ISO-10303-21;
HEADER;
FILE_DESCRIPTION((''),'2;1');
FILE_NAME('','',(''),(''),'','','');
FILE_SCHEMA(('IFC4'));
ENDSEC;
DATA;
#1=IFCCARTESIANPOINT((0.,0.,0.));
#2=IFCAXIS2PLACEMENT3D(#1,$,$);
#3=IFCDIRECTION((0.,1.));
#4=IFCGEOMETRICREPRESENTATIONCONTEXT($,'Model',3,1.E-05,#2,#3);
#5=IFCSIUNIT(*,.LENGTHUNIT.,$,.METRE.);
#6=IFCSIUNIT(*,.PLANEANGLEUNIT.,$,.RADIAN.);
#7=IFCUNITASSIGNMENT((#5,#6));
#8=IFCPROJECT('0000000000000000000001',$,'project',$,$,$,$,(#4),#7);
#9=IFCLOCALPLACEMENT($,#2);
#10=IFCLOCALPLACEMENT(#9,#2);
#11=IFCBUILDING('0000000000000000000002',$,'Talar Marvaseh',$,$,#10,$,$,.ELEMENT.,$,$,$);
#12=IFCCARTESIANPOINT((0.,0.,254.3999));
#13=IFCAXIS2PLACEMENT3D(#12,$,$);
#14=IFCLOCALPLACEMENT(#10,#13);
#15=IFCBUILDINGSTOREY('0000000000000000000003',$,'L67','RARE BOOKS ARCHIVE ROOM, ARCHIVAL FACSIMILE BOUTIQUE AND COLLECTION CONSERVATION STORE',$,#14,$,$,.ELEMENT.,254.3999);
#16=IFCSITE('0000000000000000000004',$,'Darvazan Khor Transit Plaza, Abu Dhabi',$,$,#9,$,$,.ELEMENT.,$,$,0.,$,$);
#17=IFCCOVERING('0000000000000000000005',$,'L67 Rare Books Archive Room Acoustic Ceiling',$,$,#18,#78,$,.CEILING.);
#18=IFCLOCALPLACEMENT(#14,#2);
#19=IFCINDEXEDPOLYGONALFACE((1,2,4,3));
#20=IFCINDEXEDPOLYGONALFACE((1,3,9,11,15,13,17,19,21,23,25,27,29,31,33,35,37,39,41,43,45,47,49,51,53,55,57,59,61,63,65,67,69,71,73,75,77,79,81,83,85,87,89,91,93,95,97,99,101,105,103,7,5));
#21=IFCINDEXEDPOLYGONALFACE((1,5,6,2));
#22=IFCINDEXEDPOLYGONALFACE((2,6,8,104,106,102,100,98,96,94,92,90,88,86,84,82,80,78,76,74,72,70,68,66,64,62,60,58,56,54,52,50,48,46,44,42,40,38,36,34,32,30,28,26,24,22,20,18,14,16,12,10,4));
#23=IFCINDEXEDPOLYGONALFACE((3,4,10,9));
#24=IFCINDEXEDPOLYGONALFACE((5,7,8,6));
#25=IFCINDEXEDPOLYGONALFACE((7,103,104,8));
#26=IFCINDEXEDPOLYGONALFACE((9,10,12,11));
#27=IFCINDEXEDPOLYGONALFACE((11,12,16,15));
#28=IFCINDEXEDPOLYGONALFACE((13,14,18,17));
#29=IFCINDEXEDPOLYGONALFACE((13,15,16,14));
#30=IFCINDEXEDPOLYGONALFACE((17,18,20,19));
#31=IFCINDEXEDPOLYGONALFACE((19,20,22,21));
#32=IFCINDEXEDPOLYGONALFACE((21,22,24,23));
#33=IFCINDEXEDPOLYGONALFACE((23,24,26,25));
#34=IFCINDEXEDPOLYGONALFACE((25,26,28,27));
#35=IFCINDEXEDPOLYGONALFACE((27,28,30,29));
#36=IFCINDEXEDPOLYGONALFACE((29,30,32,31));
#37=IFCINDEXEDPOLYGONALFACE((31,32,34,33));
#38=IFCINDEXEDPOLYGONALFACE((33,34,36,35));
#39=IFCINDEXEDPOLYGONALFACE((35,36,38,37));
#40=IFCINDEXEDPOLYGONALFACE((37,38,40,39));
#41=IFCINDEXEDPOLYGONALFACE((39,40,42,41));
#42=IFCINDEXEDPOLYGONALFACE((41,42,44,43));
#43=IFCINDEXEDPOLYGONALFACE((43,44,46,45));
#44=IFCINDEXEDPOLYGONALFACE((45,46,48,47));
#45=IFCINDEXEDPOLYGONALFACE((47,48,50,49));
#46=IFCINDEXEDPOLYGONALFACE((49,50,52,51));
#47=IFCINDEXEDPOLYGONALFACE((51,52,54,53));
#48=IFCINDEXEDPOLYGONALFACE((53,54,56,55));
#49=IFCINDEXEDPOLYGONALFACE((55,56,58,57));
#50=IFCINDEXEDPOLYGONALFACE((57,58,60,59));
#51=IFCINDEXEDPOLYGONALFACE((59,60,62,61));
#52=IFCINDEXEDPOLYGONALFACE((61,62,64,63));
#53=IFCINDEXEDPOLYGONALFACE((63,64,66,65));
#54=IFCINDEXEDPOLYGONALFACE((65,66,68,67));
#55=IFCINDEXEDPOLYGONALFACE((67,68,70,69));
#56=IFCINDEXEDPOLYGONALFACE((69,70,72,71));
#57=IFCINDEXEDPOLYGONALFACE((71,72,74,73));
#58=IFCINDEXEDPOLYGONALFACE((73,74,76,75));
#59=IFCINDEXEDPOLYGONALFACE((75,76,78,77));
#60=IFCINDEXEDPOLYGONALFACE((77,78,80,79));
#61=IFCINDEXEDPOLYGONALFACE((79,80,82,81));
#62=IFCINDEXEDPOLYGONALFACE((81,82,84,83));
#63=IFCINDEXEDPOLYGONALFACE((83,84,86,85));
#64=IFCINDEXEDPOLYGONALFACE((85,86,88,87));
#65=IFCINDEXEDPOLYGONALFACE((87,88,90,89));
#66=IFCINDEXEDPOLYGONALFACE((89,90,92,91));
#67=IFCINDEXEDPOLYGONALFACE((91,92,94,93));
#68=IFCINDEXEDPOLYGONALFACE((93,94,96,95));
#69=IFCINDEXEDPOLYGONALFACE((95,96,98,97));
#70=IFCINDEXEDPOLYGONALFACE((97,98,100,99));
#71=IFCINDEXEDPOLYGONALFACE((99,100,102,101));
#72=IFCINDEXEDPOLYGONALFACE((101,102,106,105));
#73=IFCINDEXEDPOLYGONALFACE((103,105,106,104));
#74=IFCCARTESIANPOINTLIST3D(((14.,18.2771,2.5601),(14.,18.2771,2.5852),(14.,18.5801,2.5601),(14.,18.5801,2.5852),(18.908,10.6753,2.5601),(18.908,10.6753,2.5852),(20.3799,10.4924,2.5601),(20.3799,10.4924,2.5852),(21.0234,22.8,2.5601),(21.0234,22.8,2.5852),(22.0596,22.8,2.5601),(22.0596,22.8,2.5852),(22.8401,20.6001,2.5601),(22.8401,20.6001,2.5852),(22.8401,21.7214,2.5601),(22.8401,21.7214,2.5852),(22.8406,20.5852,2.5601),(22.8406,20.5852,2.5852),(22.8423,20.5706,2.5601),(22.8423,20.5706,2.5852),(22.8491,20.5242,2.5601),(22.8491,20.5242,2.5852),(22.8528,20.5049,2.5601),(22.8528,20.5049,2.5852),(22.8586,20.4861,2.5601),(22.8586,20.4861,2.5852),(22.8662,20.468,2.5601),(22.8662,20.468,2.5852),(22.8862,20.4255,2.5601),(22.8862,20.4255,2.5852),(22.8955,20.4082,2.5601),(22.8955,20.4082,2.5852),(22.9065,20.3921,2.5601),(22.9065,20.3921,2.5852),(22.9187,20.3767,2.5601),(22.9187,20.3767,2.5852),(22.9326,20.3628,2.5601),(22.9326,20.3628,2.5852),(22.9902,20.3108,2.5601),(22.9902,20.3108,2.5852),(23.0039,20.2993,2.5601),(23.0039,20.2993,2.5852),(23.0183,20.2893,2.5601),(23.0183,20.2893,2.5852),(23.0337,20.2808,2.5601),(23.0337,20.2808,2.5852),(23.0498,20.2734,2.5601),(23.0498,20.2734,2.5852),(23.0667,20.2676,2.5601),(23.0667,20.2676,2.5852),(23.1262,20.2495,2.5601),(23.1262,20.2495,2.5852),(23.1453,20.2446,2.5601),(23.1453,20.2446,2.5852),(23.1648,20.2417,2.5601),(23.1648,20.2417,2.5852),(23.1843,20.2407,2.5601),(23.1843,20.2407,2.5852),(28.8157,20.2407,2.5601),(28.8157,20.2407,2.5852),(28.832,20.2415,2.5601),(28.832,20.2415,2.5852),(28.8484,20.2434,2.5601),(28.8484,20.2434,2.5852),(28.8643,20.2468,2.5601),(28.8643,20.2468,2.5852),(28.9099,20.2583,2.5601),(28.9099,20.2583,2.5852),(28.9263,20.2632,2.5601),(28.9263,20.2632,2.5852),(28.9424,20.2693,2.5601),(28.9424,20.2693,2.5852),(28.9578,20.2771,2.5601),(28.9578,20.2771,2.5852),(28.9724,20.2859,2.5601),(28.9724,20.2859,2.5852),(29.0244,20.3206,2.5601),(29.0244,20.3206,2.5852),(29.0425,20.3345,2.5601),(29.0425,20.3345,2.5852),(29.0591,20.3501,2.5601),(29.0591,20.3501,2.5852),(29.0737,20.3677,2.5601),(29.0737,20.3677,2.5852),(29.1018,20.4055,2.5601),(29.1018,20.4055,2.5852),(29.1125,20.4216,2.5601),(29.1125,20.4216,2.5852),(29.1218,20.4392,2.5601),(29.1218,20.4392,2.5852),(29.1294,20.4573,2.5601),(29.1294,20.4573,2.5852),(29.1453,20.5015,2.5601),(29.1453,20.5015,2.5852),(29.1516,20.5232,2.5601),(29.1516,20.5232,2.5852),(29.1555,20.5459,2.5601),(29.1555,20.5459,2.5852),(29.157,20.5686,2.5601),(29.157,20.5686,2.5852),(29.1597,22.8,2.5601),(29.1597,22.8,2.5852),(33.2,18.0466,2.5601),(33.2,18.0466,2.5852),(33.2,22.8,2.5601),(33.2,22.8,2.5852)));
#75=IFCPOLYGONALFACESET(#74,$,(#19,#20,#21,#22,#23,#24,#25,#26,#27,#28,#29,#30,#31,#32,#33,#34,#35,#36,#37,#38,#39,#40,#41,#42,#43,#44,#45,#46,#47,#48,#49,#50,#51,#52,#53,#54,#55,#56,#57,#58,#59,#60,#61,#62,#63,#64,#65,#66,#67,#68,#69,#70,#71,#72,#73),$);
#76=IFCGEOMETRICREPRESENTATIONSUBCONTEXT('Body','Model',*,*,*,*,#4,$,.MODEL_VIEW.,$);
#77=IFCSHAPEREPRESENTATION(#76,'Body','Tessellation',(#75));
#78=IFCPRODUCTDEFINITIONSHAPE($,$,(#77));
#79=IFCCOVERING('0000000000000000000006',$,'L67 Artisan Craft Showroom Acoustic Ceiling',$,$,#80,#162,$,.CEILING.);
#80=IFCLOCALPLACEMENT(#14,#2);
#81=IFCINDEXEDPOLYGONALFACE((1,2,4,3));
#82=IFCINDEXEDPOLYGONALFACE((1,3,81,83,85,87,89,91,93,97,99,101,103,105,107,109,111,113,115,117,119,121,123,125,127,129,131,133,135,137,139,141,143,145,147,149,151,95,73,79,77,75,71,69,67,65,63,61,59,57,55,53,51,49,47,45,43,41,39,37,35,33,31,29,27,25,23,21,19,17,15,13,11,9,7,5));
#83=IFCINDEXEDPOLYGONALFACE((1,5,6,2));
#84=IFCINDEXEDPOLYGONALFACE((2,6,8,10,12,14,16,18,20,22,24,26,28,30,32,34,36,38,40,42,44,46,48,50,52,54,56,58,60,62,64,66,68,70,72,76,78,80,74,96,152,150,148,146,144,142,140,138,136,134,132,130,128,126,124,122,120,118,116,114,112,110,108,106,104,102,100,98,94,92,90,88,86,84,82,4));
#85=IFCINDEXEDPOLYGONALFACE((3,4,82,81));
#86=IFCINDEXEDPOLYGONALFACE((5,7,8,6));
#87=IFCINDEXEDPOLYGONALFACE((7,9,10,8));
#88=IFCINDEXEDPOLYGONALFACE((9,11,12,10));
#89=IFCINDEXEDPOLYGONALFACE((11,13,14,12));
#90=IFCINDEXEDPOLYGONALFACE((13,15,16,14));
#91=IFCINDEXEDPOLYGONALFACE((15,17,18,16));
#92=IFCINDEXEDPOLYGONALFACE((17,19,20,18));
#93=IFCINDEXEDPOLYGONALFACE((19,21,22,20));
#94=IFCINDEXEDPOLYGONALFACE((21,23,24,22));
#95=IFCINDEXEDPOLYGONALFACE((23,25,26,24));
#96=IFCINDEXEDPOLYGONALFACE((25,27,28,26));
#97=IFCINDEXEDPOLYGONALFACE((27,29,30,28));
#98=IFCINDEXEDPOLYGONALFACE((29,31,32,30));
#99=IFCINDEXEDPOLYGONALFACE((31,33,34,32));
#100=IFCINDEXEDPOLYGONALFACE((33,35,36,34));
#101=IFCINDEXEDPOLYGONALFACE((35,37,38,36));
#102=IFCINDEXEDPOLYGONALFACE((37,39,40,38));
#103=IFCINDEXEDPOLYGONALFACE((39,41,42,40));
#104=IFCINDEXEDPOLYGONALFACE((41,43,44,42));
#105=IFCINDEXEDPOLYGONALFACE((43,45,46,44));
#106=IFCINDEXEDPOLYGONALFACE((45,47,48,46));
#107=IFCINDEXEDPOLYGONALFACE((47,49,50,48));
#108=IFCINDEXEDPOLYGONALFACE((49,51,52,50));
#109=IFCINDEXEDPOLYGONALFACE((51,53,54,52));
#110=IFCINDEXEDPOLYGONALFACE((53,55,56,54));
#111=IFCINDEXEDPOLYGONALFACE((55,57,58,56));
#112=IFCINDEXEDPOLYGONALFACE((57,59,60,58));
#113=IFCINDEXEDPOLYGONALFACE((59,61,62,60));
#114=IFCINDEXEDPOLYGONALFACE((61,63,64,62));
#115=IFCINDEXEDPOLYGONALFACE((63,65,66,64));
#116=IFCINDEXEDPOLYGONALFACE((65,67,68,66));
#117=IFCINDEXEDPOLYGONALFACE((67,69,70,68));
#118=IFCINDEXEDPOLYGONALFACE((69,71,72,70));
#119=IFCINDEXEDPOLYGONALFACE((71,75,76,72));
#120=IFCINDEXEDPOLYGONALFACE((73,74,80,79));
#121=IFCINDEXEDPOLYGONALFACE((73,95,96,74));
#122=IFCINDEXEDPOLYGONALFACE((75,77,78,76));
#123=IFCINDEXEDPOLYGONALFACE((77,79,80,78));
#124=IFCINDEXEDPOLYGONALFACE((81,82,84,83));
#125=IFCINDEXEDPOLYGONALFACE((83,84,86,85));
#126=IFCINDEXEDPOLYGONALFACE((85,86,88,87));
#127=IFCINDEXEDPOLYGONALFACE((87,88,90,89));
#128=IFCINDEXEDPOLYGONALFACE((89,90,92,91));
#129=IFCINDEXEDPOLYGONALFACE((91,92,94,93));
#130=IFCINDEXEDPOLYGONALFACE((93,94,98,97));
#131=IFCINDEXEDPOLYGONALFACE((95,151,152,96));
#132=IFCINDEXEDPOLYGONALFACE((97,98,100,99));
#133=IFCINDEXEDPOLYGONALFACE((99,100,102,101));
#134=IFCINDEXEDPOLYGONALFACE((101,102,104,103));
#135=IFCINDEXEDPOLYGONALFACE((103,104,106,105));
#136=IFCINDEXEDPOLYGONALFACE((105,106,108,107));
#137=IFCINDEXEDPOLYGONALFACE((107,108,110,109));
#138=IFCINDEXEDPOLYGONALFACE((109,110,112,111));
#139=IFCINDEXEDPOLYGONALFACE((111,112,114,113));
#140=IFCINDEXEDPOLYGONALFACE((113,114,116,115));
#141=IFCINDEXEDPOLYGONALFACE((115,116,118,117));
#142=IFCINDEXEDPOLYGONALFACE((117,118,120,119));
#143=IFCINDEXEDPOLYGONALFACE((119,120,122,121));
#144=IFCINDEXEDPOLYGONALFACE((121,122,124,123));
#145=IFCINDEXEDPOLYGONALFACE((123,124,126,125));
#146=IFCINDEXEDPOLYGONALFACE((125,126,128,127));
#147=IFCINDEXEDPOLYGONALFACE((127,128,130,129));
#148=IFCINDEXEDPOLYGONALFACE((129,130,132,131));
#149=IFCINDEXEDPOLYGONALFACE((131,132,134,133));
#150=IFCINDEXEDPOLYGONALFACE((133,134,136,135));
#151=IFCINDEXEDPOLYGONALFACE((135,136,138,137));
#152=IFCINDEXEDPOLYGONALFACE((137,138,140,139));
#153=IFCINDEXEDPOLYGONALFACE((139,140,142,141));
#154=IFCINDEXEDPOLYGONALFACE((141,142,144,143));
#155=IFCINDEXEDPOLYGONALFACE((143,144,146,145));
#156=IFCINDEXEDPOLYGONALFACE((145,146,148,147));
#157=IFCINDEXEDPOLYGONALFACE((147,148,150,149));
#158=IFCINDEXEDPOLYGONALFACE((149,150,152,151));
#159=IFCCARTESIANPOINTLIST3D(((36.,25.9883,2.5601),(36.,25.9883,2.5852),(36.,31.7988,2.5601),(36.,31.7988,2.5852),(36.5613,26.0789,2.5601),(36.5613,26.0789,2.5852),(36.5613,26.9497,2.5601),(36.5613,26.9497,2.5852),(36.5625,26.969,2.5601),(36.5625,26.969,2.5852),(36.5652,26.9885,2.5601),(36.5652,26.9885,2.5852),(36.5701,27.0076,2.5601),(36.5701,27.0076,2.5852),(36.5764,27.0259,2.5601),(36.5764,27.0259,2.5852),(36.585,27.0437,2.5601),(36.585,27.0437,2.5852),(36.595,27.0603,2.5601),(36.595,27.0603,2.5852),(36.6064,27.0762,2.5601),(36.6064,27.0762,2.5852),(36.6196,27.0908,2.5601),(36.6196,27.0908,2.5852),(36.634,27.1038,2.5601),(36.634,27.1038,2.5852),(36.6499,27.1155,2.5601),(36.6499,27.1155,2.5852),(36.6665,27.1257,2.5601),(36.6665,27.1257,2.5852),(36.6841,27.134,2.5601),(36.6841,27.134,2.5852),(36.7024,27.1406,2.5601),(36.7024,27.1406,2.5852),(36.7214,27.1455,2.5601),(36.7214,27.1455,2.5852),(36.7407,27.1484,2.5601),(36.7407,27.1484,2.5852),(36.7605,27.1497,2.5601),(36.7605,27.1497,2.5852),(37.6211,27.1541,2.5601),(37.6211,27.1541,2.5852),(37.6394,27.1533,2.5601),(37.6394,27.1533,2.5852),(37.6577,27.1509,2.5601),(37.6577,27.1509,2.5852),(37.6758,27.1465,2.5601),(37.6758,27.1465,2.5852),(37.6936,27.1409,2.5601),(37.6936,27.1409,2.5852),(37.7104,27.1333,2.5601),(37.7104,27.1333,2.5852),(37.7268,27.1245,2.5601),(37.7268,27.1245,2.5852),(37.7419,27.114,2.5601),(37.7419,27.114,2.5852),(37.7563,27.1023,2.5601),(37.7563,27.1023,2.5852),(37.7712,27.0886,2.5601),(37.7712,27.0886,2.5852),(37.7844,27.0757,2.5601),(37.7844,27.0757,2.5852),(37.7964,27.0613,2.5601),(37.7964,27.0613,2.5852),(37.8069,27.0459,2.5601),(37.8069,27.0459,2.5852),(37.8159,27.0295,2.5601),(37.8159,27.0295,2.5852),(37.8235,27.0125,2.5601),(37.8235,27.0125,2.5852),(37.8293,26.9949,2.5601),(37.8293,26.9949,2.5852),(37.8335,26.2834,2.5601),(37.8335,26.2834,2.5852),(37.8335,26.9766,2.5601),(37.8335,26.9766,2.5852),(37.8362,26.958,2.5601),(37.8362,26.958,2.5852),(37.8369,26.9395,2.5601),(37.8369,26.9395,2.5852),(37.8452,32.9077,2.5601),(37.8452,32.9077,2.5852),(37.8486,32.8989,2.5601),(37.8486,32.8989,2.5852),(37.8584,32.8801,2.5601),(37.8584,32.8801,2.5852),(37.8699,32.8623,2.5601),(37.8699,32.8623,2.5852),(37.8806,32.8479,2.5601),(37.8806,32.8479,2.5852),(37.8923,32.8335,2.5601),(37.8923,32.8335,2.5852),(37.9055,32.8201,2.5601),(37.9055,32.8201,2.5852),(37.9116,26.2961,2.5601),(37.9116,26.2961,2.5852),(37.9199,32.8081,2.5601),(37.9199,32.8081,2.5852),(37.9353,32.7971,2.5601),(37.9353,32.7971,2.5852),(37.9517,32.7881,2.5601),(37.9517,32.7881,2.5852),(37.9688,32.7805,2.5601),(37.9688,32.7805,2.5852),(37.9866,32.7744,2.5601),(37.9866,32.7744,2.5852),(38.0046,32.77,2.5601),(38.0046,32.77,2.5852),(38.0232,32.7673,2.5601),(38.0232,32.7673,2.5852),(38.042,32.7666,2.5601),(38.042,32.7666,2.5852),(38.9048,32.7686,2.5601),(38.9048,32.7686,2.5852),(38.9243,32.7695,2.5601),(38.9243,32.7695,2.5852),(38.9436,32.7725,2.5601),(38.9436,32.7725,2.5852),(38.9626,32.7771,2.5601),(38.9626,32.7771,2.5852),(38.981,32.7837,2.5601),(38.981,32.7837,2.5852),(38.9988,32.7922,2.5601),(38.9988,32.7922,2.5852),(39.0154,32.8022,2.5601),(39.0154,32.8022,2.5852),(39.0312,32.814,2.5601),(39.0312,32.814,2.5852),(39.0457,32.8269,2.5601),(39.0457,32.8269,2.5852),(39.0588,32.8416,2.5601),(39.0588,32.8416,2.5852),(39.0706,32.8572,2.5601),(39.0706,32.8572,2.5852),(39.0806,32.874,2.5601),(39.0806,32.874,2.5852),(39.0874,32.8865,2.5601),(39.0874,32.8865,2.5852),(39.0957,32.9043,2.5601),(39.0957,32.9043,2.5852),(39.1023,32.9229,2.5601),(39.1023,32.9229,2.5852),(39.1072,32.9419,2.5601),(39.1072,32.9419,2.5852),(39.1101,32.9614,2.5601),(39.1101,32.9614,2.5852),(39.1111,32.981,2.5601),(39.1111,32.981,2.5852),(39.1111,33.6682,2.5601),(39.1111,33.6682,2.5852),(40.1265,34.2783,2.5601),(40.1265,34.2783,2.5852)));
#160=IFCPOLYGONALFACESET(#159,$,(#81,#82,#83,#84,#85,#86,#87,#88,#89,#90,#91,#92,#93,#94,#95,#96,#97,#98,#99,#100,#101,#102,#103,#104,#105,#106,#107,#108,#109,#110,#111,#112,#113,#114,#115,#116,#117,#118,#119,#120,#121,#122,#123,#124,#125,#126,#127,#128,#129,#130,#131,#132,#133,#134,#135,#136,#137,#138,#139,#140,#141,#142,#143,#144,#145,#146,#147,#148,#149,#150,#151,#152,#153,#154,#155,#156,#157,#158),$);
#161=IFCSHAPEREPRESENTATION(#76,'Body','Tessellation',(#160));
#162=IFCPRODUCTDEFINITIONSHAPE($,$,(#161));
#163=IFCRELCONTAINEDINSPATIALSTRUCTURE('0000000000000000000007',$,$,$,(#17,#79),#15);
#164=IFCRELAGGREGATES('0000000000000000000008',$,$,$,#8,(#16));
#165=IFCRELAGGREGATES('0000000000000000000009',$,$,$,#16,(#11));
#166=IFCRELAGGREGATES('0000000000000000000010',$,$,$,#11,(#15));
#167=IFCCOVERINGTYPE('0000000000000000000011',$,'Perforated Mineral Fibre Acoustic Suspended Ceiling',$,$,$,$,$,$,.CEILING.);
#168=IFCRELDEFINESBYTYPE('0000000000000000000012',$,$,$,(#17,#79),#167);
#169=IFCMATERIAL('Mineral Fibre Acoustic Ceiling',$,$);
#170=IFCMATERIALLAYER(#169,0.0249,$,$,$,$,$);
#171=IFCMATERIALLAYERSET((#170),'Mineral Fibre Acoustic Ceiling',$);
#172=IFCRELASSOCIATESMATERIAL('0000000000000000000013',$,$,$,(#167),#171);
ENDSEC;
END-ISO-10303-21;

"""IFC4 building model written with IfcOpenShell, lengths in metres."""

from ifc_helpers import new_model, si_unit, direction, frame, origin, place, context, subcontext, project, spatial, polyline, outline, extrude, material, layer, layer_set, type_object, element, save


model = new_model("IFC4")

# Units and contexts
model_context = context("Model", 3, precision=1e-05, world=origin(), true_north=direction((0.0, 1.0)))
body_context = subcontext(model_context, "Body", "Model", "MODEL_VIEW")
ifc_project = project(units=[si_unit("LENGTHUNIT", "METRE"), si_unit("PLANEANGLEUNIT", "RADIAN")], contexts=[model_context])

# Site, building, storey
site_placement = place(None, origin())
site = spatial("IfcSite", under=ifc_project, at=site_placement, Name="Darvazan Khor Transit Plaza, Abu Dhabi", CompositionType="ELEMENT", RefElevation=0.0)
building_placement = place(site_placement, origin())
building = spatial("IfcBuilding", under=site, at=building_placement, Name="Talar Marvaseh", CompositionType="ELEMENT")
storey_placement = place(building_placement, frame((0.0, 0.0, 254.3999)))
storey = spatial("IfcBuildingStorey", under=building, at=storey_placement, Name="L67", Description="RARE BOOKS ARCHIVE ROOM, ARCHIVAL FACSIMILE BOUTIQUE AND COLLECTION CONSERVATION STORE", CompositionType="ELEMENT", Elevation=254.3999)

# Coverings
ifc_material_1 = material(Name="Mineral Fibre Acoustic Ceiling")
ifc_layer_1 = layer(ifc_material_1, 0.0249)
ifc_layer_set_1 = layer_set([ifc_layer_1], Name="Mineral Fibre Acoustic Ceiling")
covering_type_1 = type_object("IfcCoveringType", Name="Perforated Mineral Fibre Acoustic Suspended Ceiling", PredefinedType="CEILING", material=ifc_layer_set_1)
covering_1_placement = place(storey_placement, frame((0.0, 0.0, 2.5601)))
element("IfcCovering", 1, at=covering_1_placement, inside=storey, type_object=covering_type_1, Name="L67 Rare Books Archive Room Acoustic Ceiling", PredefinedType="CEILING", context=body_context, shape_type="SweptSolid", body=[
    extrude(outline(polyline([(22.8401, 21.7214), (22.8401, 20.6001), (22.8406, 20.5852), (22.8423, 20.5706), (22.8491, 20.5242), (22.8528, 20.5049), (22.8586, 20.4861), (22.8662, 20.468), (22.8862, 20.4255), (22.8955, 20.4082), (22.9065, 20.3921), (22.9187, 20.3767), (22.9326, 20.3628), (22.9902, 20.3108), (23.0039, 20.2993), (23.0183, 20.2893), (23.0337, 20.2808), (23.0498, 20.2734), (23.0667, 20.2676), (23.1262, 20.2495), (23.1453, 20.2446), (23.1648, 20.2417), (23.1843, 20.2407), (28.8157, 20.2407), (28.832, 20.2415), (28.8484, 20.2434), (28.8643, 20.2468), (28.9099, 20.2583), (28.9263, 20.2632), (28.9424, 20.2693), (28.9578, 20.2771), (28.9724, 20.2859), (29.0244, 20.3206), (29.0425, 20.3345), (29.0591, 20.3501), (29.0737, 20.3677), (29.1018, 20.4055), (29.1125, 20.4216), (29.1218, 20.4392), (29.1294, 20.4573), (29.1453, 20.5015), (29.1516, 20.5232), (29.1555, 20.5459), (29.157, 20.5686), (29.1597, 22.8), (33.2, 22.8), (33.2, 18.0466), (20.3799, 10.4924), (18.908, 10.6753), (14.0, 18.2771), (14.0, 18.5801), (21.0234, 22.8), (22.0596, 22.8), (22.8401, 21.7214)])), origin(), (0.0, 0.0, 1.0), 0.0251),
])
covering_2_placement = place(storey_placement, frame((0.0, 0.0, 2.5601)))
element("IfcCovering", 2, at=covering_2_placement, inside=storey, type_object=covering_type_1, Name="L67 Artisan Craft Showroom Acoustic Ceiling", PredefinedType="CEILING", context=body_context, shape_type="SweptSolid", body=[
    extrude(outline(polyline([(37.8486, 32.8989), (37.8584, 32.8801), (37.8699, 32.8623), (37.8806, 32.8479), (37.8923, 32.8335), (37.9055, 32.8201), (37.9199, 32.8081), (37.9353, 32.7971), (37.9517, 32.7881), (37.9688, 32.7805), (37.9866, 32.7744), (38.0046, 32.77), (38.0232, 32.7673), (38.042, 32.7666), (38.9048, 32.7686), (38.9243, 32.7695), (38.9436, 32.7725), (38.9626, 32.7771), (38.981, 32.7837), (38.9988, 32.7922), (39.0154, 32.8022), (39.0312, 32.814), (39.0457, 32.8269), (39.0588, 32.8416), (39.0706, 32.8572), (39.0806, 32.874), (39.0874, 32.8865), (39.0957, 32.9043), (39.1023, 32.9229), (39.1072, 32.9419), (39.1101, 32.9614), (39.1111, 32.981), (39.1111, 33.6682), (40.1265, 34.2783), (37.9116, 26.2961), (37.8335, 26.2834), (37.8369, 26.9395), (37.8362, 26.958), (37.8335, 26.9766), (37.8293, 26.9949), (37.8235, 27.0125), (37.8159, 27.0295), (37.8069, 27.0459), (37.7964, 27.0613), (37.7844, 27.0757), (37.7712, 27.0886), (37.7563, 27.1023), (37.7419, 27.114), (37.7268, 27.1245), (37.7104, 27.1333), (37.6936, 27.1409), (37.6758, 27.1465), (37.6577, 27.1509), (37.6394, 27.1533), (37.6211, 27.1541), (36.7605, 27.1497), (36.7407, 27.1484), (36.7214, 27.1455), (36.7024, 27.1406), (36.6841, 27.134), (36.6665, 27.1257), (36.6499, 27.1155), (36.634, 27.1038), (36.6196, 27.0908), (36.6064, 27.0762), (36.595, 27.0603), (36.585, 27.0437), (36.5764, 27.0259), (36.5701, 27.0076), (36.5652, 26.9885), (36.5625, 26.969), (36.5613, 26.9497), (36.5613, 26.0789), (36.0, 25.9883), (36.0, 31.7988), (37.8452, 32.9077), (37.8486, 32.8989)])), origin(), (0.0, 0.0, 1.0), 0.0251),
])

save(model, "model.ifc")
